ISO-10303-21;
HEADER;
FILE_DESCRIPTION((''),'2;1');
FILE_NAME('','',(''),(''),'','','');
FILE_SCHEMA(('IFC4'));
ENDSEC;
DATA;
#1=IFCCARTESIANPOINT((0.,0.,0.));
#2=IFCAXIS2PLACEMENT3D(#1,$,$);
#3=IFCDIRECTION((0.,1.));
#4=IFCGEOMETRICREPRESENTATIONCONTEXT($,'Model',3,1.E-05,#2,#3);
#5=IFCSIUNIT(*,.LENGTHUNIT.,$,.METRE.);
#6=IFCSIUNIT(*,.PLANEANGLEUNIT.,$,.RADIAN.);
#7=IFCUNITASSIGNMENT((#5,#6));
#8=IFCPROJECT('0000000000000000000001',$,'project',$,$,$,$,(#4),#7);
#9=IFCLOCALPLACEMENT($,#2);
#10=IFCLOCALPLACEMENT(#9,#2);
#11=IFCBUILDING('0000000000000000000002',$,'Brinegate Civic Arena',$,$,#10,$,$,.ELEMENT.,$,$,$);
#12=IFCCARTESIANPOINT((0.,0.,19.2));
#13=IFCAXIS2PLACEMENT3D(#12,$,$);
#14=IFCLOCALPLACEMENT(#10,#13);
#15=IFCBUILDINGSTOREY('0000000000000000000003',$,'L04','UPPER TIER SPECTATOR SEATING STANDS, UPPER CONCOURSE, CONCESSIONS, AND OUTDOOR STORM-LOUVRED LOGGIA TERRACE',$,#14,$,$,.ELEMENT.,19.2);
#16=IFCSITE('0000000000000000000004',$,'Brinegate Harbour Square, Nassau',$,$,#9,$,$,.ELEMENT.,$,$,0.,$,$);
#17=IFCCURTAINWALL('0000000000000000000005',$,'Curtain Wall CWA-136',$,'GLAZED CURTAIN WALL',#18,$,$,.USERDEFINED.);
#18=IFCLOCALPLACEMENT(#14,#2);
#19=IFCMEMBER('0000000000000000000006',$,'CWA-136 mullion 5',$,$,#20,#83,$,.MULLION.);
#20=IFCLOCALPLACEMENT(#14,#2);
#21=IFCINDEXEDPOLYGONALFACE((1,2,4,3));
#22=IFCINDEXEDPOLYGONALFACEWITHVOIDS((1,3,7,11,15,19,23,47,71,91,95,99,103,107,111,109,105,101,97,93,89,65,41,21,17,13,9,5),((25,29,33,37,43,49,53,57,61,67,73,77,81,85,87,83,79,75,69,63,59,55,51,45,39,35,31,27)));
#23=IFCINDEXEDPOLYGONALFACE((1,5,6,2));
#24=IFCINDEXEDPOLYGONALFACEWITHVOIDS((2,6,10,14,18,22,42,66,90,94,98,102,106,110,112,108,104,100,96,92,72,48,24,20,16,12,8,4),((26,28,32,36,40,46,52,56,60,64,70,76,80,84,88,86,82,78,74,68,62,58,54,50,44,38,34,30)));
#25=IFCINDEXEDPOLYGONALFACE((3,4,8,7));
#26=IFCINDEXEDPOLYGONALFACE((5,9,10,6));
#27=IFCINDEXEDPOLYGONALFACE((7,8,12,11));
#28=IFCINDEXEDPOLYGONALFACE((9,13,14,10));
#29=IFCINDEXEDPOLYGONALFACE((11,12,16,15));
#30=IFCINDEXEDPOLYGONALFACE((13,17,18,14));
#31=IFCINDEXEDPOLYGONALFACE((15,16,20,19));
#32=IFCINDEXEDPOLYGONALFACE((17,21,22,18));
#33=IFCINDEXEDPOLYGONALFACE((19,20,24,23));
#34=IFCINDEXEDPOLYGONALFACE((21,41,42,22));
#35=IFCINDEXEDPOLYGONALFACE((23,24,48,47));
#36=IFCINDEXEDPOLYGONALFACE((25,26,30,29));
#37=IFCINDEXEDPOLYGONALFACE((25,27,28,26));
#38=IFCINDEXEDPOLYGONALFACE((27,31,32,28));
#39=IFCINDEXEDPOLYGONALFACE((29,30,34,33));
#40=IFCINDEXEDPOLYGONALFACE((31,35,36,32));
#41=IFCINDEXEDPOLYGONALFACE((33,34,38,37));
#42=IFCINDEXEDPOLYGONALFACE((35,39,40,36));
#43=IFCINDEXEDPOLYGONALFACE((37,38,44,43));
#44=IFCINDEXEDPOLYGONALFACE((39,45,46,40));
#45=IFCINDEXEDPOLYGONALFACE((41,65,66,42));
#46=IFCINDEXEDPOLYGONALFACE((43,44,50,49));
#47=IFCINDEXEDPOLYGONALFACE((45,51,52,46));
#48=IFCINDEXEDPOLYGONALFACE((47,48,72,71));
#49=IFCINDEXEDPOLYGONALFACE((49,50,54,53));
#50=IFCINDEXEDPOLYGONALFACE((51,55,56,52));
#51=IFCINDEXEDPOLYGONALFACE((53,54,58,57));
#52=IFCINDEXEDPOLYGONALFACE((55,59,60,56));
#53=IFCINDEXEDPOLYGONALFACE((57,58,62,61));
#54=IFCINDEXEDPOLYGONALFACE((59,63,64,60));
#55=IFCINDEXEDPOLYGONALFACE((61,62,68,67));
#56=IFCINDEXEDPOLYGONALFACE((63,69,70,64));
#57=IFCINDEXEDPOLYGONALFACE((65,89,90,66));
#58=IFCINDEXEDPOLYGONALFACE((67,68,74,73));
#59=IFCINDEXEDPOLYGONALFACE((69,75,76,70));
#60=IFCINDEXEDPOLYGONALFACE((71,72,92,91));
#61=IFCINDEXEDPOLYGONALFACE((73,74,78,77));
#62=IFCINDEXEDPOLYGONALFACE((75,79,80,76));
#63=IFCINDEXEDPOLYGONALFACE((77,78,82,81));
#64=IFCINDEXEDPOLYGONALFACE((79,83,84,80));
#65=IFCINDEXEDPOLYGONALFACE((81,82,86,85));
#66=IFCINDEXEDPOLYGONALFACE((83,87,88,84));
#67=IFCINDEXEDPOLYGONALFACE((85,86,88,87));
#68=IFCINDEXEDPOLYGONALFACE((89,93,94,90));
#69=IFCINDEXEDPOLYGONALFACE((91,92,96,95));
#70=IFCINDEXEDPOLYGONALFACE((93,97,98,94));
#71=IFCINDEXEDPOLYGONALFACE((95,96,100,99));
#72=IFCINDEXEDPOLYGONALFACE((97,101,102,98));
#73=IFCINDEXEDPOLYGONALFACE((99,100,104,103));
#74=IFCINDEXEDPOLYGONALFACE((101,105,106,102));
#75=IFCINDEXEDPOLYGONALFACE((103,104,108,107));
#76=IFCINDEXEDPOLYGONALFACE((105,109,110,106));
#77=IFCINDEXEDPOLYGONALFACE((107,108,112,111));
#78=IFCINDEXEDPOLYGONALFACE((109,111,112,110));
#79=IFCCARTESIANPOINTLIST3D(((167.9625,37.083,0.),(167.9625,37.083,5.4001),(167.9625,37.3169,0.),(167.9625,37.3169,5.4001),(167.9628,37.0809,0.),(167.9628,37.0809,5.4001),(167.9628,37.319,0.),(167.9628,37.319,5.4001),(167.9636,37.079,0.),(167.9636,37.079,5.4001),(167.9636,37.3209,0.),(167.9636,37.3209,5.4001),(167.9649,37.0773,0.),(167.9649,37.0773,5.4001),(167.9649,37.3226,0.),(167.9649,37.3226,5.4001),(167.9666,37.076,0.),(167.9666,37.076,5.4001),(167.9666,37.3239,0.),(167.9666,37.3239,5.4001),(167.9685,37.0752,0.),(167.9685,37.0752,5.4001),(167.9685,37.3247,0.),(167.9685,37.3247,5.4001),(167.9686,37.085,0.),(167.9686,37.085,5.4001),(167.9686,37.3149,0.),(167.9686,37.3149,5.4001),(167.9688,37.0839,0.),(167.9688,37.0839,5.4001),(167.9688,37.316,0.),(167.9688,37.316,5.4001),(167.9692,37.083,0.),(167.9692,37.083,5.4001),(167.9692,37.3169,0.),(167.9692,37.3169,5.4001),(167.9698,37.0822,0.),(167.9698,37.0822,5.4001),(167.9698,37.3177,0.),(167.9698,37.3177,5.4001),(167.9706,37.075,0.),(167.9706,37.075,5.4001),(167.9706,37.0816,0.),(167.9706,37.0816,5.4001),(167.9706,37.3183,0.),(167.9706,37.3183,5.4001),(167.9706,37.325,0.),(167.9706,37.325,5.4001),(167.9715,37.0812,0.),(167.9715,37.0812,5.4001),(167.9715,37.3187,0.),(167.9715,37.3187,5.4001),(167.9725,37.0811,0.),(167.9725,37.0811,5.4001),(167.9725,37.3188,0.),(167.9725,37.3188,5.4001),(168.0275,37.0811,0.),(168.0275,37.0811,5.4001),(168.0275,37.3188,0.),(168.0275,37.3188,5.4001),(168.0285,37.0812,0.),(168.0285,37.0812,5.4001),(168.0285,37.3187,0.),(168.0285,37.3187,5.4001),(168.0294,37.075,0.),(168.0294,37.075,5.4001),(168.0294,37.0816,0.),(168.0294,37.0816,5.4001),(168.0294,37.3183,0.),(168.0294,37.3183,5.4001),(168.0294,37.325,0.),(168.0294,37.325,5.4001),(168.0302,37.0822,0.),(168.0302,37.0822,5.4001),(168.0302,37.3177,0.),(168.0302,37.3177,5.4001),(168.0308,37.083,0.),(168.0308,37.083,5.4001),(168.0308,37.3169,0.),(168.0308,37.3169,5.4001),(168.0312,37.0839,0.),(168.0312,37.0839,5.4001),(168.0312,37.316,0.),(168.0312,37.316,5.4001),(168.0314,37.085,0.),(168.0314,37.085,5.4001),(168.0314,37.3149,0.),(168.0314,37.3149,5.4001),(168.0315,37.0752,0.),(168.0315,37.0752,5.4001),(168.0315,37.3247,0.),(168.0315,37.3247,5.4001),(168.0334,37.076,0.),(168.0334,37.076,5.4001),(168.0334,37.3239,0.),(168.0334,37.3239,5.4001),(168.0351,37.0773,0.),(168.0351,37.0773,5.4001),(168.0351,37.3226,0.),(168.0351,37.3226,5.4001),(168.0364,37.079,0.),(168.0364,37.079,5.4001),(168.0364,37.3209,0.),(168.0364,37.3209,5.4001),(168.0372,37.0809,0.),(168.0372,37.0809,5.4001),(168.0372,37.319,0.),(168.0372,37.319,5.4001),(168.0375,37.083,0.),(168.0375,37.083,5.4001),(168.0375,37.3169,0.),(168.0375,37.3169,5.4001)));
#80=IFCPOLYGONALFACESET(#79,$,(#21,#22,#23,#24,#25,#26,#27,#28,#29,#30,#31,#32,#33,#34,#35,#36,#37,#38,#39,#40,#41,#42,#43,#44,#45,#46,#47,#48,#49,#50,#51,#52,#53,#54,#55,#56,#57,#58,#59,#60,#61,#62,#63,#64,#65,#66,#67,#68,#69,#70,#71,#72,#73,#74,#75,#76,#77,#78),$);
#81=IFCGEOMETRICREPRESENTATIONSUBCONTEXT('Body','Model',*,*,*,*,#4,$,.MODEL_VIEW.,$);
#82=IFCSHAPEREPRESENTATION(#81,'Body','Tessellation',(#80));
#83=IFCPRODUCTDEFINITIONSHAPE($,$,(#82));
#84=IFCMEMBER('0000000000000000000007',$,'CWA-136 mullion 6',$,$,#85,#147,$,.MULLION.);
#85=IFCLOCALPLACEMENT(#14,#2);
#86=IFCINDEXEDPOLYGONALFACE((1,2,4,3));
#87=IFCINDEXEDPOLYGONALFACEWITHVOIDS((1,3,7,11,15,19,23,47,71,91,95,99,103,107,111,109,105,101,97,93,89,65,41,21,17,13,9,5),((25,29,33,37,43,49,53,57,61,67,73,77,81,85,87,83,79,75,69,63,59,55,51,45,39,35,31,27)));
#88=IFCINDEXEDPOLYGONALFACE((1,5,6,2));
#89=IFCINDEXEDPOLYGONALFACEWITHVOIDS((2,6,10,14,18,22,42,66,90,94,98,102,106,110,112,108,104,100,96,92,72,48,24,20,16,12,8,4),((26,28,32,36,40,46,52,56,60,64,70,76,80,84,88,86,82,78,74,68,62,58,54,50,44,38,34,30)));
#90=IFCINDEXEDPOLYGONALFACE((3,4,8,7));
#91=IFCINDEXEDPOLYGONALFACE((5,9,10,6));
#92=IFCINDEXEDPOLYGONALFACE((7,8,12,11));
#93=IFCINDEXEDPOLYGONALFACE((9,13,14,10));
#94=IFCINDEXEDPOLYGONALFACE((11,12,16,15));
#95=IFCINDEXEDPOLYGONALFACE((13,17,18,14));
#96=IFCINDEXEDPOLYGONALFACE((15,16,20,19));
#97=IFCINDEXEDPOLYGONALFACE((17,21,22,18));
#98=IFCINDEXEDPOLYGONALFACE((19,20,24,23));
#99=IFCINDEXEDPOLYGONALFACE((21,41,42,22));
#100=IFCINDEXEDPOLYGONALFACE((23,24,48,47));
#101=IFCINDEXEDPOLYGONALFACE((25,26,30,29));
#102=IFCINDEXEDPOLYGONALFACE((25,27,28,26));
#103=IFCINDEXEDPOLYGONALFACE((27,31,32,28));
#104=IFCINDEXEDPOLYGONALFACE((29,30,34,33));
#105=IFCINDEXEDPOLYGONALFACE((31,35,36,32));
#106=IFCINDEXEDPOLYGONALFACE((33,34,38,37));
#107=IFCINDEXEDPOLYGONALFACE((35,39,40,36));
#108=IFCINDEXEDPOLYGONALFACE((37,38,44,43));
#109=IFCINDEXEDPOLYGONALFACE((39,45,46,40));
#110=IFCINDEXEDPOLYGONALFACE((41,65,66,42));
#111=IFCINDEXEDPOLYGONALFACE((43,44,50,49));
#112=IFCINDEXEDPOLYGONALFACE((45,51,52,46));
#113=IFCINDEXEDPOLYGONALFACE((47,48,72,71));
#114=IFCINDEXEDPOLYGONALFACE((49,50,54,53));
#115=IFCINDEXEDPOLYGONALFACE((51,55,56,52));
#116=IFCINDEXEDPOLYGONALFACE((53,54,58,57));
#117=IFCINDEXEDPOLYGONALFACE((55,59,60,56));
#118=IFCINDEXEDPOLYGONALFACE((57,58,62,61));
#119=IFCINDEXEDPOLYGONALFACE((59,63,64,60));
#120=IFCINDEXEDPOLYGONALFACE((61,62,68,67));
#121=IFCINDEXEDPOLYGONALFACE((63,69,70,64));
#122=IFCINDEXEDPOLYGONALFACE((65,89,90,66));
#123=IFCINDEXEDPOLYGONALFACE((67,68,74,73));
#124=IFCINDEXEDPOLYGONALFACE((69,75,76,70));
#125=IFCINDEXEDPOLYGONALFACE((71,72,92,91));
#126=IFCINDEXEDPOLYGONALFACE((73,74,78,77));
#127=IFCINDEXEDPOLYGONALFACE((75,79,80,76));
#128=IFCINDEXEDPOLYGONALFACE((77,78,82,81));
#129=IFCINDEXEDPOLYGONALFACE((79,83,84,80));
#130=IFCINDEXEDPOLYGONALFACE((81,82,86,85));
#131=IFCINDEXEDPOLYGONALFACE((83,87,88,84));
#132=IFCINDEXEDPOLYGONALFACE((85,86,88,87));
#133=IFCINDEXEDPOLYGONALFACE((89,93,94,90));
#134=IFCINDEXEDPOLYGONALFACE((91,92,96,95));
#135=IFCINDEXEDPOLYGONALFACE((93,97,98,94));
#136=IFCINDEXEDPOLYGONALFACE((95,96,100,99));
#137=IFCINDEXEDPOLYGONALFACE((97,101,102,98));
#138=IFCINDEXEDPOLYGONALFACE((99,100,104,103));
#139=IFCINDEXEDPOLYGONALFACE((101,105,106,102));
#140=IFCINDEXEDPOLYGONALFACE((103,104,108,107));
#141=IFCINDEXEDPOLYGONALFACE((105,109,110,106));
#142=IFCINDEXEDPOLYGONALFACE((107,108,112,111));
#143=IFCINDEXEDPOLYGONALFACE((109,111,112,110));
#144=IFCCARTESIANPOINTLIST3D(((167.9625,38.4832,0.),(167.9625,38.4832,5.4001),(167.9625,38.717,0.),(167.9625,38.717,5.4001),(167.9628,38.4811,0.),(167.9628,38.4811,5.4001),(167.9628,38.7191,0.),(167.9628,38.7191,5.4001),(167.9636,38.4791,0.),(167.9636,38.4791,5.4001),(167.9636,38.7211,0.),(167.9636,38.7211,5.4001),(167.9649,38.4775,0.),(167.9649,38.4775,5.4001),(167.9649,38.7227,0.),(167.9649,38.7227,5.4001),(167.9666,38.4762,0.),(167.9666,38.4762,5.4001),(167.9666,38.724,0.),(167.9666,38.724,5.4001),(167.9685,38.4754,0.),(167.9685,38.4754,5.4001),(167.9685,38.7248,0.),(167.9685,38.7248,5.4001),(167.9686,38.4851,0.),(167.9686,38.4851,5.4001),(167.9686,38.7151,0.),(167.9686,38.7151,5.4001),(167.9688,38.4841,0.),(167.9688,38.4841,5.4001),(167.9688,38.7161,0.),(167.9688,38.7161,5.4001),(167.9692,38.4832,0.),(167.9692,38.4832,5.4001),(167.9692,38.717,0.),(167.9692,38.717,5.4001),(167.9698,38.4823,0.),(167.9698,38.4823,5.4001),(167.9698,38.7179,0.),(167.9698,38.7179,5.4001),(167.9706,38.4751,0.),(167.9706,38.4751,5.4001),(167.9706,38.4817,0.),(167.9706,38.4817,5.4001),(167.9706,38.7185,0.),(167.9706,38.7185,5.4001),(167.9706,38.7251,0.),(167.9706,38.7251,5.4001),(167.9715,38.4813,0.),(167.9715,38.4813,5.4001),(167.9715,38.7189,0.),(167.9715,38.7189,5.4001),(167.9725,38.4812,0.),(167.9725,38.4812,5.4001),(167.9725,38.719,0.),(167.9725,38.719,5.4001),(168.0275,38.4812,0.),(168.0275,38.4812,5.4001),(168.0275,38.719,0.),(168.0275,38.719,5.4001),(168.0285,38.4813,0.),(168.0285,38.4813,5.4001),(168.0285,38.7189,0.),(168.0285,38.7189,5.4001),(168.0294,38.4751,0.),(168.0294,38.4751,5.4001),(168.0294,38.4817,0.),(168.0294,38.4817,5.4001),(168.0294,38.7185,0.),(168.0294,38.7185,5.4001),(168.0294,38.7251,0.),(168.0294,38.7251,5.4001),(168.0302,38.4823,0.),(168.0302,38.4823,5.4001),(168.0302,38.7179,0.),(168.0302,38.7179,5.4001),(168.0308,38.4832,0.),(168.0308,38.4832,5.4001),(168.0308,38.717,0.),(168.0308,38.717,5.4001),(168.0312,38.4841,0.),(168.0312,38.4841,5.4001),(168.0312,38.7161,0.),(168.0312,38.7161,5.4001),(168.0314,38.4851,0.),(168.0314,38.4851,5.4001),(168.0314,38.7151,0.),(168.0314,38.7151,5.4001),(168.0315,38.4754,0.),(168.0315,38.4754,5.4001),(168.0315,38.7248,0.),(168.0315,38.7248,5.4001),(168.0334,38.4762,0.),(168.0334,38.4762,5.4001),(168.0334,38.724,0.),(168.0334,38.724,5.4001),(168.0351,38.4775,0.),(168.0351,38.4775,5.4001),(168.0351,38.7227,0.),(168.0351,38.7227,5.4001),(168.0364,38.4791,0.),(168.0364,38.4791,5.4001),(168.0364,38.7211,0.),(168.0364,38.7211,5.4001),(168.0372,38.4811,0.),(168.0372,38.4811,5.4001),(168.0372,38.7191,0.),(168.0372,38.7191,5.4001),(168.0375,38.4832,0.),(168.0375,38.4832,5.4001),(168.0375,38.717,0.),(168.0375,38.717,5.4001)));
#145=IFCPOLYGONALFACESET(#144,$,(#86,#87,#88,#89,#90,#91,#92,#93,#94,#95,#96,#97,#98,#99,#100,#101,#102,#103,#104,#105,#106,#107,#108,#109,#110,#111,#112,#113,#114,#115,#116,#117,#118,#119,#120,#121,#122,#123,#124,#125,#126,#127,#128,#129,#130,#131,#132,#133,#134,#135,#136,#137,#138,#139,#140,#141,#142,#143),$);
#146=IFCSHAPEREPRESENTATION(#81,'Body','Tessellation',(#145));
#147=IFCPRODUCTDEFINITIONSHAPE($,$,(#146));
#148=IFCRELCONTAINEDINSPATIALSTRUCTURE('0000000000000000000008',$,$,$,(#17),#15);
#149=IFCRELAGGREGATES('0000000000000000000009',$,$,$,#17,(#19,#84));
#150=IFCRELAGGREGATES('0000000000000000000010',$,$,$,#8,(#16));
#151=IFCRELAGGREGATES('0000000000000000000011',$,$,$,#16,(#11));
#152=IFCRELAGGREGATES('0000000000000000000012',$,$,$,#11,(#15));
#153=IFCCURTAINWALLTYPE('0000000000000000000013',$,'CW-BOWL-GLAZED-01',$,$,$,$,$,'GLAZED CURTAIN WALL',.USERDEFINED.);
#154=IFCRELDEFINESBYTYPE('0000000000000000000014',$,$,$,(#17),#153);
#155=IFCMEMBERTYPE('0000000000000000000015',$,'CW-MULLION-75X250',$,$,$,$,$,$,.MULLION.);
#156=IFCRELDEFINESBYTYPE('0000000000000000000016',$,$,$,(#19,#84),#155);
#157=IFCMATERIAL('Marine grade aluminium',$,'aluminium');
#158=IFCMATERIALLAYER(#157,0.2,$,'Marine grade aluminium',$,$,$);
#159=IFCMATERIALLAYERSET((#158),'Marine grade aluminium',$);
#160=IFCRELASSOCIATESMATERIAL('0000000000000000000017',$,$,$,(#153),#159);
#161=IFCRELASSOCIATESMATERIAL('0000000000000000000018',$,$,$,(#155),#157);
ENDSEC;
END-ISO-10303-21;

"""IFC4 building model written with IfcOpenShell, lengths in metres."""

from ifc_helpers import new_model, si_unit, direction, frame, origin, origin_2d, place, context, subcontext, project, spatial, hollow_rectangle, extrude, material, layer, layer_set, material_profile, profile_set, type_object, element, aggregate, save


model = new_model("IFC4")

# Units and contexts
model_context = context("Model", 3, precision=1e-05, world=origin(), true_north=direction((0.0, 1.0)))
body_context = subcontext(model_context, "Body", "Model", "MODEL_VIEW")
ifc_project = project(units=[si_unit("LENGTHUNIT", "METRE"), si_unit("PLANEANGLEUNIT", "RADIAN")], contexts=[model_context])

# Site, building, storey
site_placement = place(None, origin())
site = spatial("IfcSite", under=ifc_project, at=site_placement, Name="Brinegate Harbour Square, Nassau", CompositionType="ELEMENT", RefElevation=0.0)
building_placement = place(site_placement, origin())
building = spatial("IfcBuilding", under=site, at=building_placement, Name="Brinegate Civic Arena", CompositionType="ELEMENT")
storey_placement = place(building_placement, frame((0.0, 0.0, 19.2)))
storey = spatial("IfcBuildingStorey", under=building, at=storey_placement, Name="L04", Description="UPPER TIER SPECTATOR SEATING STANDS, UPPER CONCOURSE, CONCESSIONS, AND OUTDOOR STORM-LOUVRED LOGGIA TERRACE", CompositionType="ELEMENT", Elevation=19.2)

# Curtain wall, members
ifc_material_1 = material(Name="Marine grade aluminium", Category="aluminium")
ifc_layer_1 = layer(ifc_material_1, 0.2, Name="Marine grade aluminium")
ifc_layer_set_1 = layer_set([ifc_layer_1], Name="Marine grade aluminium")
curtain_wall_type = type_object("IfcCurtainWallType", Name="CW-BOWL-GLAZED-01", ElementType="GLAZED CURTAIN WALL", PredefinedType="USERDEFINED", material=ifc_layer_set_1)
curtain_wall_placement = place(storey_placement, origin())
curtain_wall = element("IfcCurtainWall", 1, at=curtain_wall_placement, inside=storey, type_object=curtain_wall_type, Name="Curtain Wall CWA-136", ObjectType="GLAZED CURTAIN WALL", PredefinedType="USERDEFINED")
ifc_material_profile_1 = material_profile(ifc_material_1, hollow_rectangle(XDim=0.075, YDim=0.25, WallThickness=0.0061, InnerFilletRadius=0.0039, OuterFilletRadius=0.0081, at=origin_2d()), Name="MUL75X250")
ifc_profile_set_1 = profile_set([ifc_material_profile_1], Name="Marine grade aluminium")
member_type_1 = type_object("IfcMemberType", Name="CW-MULLION-75X250", PredefinedType="MULLION", material=ifc_profile_set_1)
member_1_placement = place(storey_placement, frame((168.0, 37.2, 0.0), z_axis=(0.0, 0.0, 1.0), x_axis=(-1.0, 0.0, 0.0)))
member_1 = element("IfcMember", 2, at=member_1_placement, type_object=member_type_1, Name="CWA-136 mullion 5", PredefinedType="MULLION", context=body_context, shape_type="SweptSolid", body=[
    extrude(hollow_rectangle(XDim=0.075, YDim=0.25, WallThickness=0.0061, InnerFilletRadius=0.0039, OuterFilletRadius=0.0081, at=origin_2d()), origin(), (0.0, 0.0, 1.0), 5.4001),
])
member_2_placement = place(storey_placement, frame((168.0, 38.6001, 0.0), z_axis=(0.0, 0.0, 1.0), x_axis=(-1.0, 0.0, 0.0)))
member_2 = element("IfcMember", 3, at=member_2_placement, type_object=member_type_1, Name="CWA-136 mullion 6", PredefinedType="MULLION", context=body_context, shape_type="SweptSolid", body=[
    extrude(hollow_rectangle(XDim=0.075, YDim=0.25, WallThickness=0.0061, InnerFilletRadius=0.0039, OuterFilletRadius=0.0081, at=origin_2d()), origin(), (0.0, 0.0, 1.0), 5.4001),
])

aggregate(curtain_wall, [member_1, member_2])

save(model, "model.ifc")
